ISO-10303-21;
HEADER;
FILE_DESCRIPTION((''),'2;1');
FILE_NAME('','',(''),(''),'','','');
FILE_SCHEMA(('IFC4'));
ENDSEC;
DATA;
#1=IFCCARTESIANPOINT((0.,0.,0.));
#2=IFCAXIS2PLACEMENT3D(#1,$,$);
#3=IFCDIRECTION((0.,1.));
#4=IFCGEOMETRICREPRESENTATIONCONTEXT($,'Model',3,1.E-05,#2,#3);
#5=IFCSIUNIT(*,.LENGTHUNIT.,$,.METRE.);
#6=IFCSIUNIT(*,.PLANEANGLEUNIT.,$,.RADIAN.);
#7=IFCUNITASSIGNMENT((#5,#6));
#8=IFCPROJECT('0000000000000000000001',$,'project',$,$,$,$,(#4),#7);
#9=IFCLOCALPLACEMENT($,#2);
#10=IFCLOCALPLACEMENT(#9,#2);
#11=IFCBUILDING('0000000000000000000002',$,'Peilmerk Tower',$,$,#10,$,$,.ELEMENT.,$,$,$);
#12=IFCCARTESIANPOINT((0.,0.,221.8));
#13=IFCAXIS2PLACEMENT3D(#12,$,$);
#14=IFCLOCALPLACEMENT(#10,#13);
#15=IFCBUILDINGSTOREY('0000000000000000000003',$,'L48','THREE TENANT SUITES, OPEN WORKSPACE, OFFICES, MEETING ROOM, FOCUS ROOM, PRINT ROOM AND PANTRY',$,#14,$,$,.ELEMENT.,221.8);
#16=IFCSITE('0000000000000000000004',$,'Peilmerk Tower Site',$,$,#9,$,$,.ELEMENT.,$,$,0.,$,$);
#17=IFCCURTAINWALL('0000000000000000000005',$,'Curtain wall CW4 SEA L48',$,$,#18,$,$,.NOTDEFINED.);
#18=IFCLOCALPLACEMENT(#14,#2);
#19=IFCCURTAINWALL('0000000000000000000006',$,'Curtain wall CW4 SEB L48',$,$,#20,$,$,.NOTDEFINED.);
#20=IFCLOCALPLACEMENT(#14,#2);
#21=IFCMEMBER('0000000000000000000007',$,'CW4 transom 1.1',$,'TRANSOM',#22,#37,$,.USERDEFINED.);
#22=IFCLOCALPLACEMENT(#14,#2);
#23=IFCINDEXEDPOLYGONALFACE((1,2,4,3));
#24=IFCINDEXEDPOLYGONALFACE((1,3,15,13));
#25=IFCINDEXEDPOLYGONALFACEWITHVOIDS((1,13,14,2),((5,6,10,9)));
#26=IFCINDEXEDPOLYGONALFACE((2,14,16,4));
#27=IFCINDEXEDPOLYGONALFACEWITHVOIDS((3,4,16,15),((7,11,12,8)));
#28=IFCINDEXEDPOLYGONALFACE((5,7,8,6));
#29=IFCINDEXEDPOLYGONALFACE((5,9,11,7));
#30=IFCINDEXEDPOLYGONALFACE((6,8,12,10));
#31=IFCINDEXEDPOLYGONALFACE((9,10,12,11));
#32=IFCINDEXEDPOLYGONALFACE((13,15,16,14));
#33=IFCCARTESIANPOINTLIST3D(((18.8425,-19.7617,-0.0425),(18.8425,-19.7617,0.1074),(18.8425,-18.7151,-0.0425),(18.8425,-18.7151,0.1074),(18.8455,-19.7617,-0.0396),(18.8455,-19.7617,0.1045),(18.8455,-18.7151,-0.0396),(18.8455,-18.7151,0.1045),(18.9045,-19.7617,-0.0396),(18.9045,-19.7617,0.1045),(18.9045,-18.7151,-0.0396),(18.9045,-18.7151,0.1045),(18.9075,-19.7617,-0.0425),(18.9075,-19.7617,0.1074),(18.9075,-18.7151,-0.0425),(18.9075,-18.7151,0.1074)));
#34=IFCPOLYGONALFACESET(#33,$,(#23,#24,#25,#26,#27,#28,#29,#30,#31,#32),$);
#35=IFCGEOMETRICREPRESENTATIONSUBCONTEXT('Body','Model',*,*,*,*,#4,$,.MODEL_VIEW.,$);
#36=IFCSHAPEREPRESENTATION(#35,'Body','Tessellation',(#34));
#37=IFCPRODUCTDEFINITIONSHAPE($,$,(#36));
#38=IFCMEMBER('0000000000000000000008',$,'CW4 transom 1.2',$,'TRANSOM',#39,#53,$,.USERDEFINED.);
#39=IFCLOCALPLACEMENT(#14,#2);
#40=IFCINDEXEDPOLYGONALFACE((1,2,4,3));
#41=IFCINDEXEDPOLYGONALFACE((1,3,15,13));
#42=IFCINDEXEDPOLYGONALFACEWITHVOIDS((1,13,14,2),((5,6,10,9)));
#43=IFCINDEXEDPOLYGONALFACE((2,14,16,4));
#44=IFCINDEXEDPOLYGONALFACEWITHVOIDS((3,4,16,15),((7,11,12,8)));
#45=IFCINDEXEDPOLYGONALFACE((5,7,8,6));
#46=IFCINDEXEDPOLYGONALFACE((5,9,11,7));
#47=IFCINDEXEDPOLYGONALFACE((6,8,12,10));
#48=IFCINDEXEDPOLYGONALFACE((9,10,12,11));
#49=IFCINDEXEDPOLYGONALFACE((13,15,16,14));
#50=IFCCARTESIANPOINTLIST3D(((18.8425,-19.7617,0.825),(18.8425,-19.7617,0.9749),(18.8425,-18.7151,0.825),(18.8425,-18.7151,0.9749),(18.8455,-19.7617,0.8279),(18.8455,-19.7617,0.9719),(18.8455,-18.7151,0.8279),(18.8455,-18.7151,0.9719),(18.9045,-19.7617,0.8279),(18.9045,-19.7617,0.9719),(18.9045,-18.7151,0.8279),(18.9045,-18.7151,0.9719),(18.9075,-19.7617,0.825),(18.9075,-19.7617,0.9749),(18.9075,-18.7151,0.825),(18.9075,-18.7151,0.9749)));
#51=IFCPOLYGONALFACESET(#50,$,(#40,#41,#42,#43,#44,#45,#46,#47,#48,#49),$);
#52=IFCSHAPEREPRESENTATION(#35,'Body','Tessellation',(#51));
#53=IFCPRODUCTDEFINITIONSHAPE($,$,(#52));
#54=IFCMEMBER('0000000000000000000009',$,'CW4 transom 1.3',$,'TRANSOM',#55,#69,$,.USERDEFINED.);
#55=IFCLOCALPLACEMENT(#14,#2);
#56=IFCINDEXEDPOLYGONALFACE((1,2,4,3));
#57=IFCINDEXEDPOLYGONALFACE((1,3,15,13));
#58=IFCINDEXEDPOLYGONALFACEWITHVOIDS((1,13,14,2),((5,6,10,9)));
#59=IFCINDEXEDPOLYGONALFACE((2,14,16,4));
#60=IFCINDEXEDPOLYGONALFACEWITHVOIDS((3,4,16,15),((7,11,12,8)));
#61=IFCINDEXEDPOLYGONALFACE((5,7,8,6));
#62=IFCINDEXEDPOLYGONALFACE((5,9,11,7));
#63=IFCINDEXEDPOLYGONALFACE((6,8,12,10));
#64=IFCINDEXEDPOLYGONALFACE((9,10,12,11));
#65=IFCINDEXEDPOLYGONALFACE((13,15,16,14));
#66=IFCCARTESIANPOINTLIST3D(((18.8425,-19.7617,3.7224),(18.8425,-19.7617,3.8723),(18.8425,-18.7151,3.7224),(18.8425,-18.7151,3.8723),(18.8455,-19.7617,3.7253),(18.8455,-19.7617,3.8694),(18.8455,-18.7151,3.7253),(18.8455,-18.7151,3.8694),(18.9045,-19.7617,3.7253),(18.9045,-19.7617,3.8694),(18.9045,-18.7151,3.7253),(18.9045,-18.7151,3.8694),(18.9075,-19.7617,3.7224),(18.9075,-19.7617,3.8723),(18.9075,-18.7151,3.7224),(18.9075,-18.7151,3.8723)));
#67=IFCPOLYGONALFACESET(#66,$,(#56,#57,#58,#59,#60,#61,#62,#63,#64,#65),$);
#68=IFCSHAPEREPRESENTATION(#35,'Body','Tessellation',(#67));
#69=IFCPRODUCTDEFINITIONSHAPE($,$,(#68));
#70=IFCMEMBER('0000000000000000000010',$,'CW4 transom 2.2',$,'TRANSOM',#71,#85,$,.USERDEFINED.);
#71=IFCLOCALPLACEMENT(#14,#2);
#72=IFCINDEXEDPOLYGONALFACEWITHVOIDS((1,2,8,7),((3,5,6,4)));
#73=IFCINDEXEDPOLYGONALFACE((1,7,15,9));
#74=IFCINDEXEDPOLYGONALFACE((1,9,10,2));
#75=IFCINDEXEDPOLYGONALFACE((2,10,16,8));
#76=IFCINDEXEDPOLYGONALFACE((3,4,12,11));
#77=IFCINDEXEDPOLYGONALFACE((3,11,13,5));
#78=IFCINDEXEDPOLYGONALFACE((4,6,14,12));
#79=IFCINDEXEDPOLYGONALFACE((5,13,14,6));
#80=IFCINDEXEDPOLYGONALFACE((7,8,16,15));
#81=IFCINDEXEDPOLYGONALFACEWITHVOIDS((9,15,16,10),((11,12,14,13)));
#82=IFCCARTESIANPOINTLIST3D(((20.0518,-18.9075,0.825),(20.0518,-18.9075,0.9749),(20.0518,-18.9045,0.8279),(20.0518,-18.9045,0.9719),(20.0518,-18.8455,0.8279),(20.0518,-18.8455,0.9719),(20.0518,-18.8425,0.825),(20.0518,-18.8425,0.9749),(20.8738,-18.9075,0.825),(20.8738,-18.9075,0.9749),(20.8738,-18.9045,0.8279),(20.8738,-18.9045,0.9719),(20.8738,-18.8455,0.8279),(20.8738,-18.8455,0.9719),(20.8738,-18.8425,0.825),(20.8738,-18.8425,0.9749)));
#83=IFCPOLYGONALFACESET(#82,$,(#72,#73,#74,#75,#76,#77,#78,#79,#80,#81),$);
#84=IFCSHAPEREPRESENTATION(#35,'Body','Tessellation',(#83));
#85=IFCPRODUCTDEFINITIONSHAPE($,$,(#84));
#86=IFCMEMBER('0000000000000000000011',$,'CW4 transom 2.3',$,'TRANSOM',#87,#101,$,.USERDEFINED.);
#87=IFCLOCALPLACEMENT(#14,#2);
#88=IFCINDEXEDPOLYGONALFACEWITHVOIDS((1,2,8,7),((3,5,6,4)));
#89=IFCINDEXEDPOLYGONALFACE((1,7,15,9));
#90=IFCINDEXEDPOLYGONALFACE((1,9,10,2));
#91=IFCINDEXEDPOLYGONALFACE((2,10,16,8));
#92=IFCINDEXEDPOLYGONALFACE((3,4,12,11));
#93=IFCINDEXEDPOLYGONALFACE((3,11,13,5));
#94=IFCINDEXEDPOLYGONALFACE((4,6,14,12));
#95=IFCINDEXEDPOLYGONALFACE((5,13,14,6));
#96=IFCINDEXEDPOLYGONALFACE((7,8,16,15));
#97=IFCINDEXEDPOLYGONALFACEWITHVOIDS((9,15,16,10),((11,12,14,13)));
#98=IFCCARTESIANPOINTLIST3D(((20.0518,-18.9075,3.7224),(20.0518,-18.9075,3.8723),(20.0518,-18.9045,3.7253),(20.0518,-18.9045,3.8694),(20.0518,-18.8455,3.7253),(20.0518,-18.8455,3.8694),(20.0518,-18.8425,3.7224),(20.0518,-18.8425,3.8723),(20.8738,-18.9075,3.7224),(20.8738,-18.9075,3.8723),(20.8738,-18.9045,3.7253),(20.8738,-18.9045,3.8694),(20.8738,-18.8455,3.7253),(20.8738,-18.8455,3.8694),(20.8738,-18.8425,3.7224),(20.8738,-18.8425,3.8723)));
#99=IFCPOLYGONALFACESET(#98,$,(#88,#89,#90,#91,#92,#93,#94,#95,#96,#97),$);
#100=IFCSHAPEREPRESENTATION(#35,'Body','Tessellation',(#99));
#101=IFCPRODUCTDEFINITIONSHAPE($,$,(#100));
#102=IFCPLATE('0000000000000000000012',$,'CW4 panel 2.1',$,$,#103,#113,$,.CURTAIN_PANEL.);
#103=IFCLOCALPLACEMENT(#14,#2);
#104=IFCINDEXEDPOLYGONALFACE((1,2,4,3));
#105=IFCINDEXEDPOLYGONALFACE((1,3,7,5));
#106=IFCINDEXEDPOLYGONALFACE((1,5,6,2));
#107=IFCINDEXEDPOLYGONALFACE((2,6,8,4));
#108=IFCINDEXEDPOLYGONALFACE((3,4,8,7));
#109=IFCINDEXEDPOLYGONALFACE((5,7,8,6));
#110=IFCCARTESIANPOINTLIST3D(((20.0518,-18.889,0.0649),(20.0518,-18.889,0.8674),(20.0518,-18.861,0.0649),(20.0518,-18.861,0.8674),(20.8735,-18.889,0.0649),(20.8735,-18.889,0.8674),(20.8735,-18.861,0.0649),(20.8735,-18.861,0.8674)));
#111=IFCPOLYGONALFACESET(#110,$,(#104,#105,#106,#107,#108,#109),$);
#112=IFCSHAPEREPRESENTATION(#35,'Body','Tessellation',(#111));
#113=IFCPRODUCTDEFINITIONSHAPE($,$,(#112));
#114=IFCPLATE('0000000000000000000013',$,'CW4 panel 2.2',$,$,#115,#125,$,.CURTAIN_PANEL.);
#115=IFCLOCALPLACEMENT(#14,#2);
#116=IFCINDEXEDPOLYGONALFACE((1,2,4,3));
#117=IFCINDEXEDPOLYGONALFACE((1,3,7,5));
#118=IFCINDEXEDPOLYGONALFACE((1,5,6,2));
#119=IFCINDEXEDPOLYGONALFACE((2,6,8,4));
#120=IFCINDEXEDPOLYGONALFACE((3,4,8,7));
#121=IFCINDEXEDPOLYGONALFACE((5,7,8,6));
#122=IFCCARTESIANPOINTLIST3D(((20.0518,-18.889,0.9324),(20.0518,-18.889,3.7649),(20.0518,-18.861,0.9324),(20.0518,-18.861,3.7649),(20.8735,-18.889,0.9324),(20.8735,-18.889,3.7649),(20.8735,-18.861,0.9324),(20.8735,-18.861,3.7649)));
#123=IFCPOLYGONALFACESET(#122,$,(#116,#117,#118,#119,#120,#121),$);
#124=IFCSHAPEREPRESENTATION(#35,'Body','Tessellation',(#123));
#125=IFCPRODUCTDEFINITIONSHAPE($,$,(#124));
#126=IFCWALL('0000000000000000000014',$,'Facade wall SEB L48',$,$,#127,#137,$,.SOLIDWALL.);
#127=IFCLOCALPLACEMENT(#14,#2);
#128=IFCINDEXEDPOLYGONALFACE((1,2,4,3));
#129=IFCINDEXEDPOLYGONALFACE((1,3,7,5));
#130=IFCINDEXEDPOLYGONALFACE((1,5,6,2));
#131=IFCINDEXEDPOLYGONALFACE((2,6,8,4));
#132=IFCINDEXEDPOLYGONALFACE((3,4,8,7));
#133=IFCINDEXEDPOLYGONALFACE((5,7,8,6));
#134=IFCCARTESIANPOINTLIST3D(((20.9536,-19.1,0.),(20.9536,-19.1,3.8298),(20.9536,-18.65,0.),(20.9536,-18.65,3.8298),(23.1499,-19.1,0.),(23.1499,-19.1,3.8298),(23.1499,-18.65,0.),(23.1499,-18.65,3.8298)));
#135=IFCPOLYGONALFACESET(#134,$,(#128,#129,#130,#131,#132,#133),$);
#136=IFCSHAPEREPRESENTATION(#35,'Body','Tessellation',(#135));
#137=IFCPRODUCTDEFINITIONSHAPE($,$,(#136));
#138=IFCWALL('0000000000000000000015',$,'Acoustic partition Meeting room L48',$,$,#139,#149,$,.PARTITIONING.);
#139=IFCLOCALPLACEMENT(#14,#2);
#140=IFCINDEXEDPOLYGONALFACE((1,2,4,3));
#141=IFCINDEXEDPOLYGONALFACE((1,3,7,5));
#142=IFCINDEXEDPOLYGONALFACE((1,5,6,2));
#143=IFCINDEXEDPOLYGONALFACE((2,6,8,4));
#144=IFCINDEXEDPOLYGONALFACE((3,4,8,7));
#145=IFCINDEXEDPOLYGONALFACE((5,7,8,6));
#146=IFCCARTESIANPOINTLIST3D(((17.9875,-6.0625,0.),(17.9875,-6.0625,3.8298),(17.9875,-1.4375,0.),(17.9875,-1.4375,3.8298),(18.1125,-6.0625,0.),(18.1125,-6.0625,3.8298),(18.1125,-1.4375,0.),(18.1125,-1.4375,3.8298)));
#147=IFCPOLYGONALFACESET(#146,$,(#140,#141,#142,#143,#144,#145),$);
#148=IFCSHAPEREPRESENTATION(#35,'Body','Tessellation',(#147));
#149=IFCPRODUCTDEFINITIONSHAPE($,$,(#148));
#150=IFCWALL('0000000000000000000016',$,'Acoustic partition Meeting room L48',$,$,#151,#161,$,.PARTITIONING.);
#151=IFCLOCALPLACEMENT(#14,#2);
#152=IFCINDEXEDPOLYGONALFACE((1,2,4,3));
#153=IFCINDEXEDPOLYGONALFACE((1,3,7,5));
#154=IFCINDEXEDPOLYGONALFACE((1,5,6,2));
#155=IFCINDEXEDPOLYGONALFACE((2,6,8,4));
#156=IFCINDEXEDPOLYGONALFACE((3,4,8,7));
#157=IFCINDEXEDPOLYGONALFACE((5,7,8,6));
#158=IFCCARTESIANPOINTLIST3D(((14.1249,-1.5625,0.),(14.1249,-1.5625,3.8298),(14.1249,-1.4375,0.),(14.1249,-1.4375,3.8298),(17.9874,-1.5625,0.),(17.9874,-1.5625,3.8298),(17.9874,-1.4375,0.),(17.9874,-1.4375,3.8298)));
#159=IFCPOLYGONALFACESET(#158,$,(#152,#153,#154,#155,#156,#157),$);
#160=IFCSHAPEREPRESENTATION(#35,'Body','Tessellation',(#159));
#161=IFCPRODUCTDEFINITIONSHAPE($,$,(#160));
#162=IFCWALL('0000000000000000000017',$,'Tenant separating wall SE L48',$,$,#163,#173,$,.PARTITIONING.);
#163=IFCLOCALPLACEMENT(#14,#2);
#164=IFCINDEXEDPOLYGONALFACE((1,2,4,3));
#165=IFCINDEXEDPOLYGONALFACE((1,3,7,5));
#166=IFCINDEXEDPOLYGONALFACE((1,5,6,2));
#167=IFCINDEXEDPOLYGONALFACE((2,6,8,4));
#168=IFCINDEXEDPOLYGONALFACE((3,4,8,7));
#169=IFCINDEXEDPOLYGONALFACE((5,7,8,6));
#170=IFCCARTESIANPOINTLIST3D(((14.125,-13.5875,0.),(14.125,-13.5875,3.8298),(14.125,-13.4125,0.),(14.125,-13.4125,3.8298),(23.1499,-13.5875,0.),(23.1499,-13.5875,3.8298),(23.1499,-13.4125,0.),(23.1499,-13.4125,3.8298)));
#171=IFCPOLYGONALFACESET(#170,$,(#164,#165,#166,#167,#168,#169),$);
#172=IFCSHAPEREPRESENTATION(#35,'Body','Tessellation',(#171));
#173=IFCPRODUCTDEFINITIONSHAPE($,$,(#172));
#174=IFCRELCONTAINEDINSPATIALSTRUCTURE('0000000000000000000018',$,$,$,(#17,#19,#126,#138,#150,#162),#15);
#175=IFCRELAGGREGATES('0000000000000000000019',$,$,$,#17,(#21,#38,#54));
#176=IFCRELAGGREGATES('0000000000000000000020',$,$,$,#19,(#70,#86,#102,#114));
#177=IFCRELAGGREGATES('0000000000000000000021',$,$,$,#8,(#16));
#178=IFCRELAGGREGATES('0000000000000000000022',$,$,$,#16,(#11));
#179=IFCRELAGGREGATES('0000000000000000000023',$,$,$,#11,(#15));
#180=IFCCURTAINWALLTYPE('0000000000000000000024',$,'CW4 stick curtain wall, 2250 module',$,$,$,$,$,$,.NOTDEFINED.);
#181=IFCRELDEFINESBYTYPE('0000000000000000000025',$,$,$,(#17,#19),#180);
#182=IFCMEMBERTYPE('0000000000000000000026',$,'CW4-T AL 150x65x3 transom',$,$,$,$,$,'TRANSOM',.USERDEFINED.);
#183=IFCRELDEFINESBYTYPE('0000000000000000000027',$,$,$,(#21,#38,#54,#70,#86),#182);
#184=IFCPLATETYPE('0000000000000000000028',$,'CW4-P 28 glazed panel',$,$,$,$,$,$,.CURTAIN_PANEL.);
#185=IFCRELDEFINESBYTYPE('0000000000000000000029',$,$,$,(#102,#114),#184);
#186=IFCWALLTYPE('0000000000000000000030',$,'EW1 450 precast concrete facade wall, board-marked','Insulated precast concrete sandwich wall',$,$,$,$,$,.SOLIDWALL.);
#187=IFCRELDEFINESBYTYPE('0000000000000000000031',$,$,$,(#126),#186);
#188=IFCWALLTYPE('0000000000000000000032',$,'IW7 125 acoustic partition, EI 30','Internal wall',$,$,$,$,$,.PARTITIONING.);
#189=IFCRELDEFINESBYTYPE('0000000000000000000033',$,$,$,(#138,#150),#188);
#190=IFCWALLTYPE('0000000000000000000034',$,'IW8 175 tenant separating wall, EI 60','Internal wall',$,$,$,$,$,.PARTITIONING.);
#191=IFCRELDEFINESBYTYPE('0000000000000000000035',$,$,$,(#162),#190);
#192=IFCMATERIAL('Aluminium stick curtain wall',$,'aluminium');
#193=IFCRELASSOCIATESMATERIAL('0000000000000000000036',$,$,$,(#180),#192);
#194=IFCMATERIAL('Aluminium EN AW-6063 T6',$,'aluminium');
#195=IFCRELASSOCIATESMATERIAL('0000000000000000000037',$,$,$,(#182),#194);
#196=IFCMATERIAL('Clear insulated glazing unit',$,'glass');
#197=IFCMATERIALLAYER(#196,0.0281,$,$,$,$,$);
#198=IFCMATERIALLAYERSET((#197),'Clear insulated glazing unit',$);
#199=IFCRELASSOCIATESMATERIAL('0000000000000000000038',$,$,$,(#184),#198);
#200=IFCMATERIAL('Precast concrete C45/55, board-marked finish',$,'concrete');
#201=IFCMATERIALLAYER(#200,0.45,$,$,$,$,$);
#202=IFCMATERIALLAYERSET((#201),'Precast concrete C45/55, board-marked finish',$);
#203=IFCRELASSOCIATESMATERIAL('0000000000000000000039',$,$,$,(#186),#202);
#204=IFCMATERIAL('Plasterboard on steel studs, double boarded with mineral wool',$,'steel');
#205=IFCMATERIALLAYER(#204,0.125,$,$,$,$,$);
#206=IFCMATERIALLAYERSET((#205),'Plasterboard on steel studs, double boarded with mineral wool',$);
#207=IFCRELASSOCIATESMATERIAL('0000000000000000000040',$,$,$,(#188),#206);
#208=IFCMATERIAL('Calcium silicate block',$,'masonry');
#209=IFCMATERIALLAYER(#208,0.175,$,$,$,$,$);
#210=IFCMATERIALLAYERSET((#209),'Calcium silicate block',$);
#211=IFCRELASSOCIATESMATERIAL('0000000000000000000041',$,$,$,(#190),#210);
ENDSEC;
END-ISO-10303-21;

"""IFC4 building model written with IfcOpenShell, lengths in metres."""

from ifc_helpers import new_model, si_unit, direction, frame, frame_2d, origin, origin_2d, place, context, subcontext, project, spatial, rectangle, hollow_rectangle, extrude, material, layer, layer_set, material_profile, profile_set, type_object, element, aggregate, save


model = new_model("IFC4")

# Units and contexts
model_context = context("Model", 3, precision=1e-05, world=origin(), true_north=direction((0.0, 1.0)))
body_context = subcontext(model_context, "Body", "Model", "MODEL_VIEW")
ifc_project = project(units=[si_unit("LENGTHUNIT", "METRE"), si_unit("PLANEANGLEUNIT", "RADIAN")], contexts=[model_context])

# Site, building, storey
site_placement = place(None, origin())
site = spatial("IfcSite", under=ifc_project, at=site_placement, Name="Peilmerk Tower Site", CompositionType="ELEMENT", RefElevation=0.0)
building_placement = place(site_placement, origin())
building = spatial("IfcBuilding", under=site, at=building_placement, Name="Peilmerk Tower", CompositionType="ELEMENT")
storey_placement = place(building_placement, frame((0.0, 0.0, 221.8)))
storey = spatial("IfcBuildingStorey", under=building, at=storey_placement, Name="L48", Description="THREE TENANT SUITES, OPEN WORKSPACE, OFFICES, MEETING ROOM, FOCUS ROOM, PRINT ROOM AND PANTRY", CompositionType="ELEMENT", Elevation=221.8)

# Curtain walls
ifc_material_1 = material(Name="Aluminium stick curtain wall", Category="aluminium")
curtain_wall_type = type_object("IfcCurtainWallType", Name="CW4 stick curtain wall, 2250 module", PredefinedType="NOTDEFINED", material=ifc_material_1)
curtain_wall_1_placement = place(storey_placement, origin())
curtain_wall_1 = element("IfcCurtainWall", 1, at=curtain_wall_1_placement, inside=storey, type_object=curtain_wall_type, Name="Curtain wall CW4 SEA L48", PredefinedType="NOTDEFINED")
ifc_material_2 = material(Name="Aluminium EN AW-6063 T6", Category="aluminium")
curtain_wall_2_placement = place(storey_placement, origin())
curtain_wall_2 = element("IfcCurtainWall", 2, at=curtain_wall_2_placement, inside=storey, type_object=curtain_wall_type, Name="Curtain wall CW4 SEB L48", PredefinedType="NOTDEFINED")

# Members
ifc_material_profile_1 = material_profile(ifc_material_2, hollow_rectangle(XDim=0.0649, YDim=0.1499, WallThickness=0.0029, at=origin_2d()), Name="AL 150x65x3")
ifc_profile_set_1 = profile_set([ifc_material_profile_1], Name="Aluminium EN AW-6063 T6")
member_type_1 = type_object("IfcMemberType", Name="CW4-T AL 150x65x3 transom", ElementType="TRANSOM", PredefinedType="USERDEFINED", material=ifc_profile_set_1)
member_1_placement = place(storey_placement, frame((18.875, -18.7151, 0.0325), z_axis=(0.0, -1.0, 0.0), x_axis=(1.0, 0.0, 0.0)))
member_1 = element("IfcMember", 3, at=member_1_placement, type_object=member_type_1, Name="CW4 transom 1.1", ObjectType="TRANSOM", PredefinedType="USERDEFINED", context=body_context, shape_type="SweptSolid", body=[
    extrude(hollow_rectangle(XDim=0.0649, YDim=0.1499, WallThickness=0.0029, at=origin_2d()), origin(), (0.0, 0.0, 1.0), 1.0466),
])
member_2_placement = place(storey_placement, frame((18.875, -18.7151, 0.8999), z_axis=(0.0, -1.0, 0.0), x_axis=(1.0, 0.0, 0.0)))
member_2 = element("IfcMember", 4, at=member_2_placement, type_object=member_type_1, Name="CW4 transom 1.2", ObjectType="TRANSOM", PredefinedType="USERDEFINED", context=body_context, shape_type="SweptSolid", body=[
    extrude(hollow_rectangle(XDim=0.0649, YDim=0.1499, WallThickness=0.0029, at=origin_2d()), origin(), (0.0, 0.0, 1.0), 1.0466),
])
member_3_placement = place(storey_placement, frame((18.875, -18.7151, 3.7974), z_axis=(0.0, -1.0, 0.0), x_axis=(1.0, 0.0, 0.0)))
member_3 = element("IfcMember", 5, at=member_3_placement, type_object=member_type_1, Name="CW4 transom 1.3", ObjectType="TRANSOM", PredefinedType="USERDEFINED", context=body_context, shape_type="SweptSolid", body=[
    extrude(hollow_rectangle(XDim=0.0649, YDim=0.1499, WallThickness=0.0029, at=origin_2d()), origin(), (0.0, 0.0, 1.0), 1.0466),
])
aggregate(curtain_wall_1, [member_1, member_2, member_3])
member_4_placement = place(storey_placement, frame((20.0518, -18.875, 0.8999), z_axis=(1.0, 0.0, 0.0), x_axis=(0.0, 1.0, 0.0)))
member_4 = element("IfcMember", 6, at=member_4_placement, type_object=member_type_1, Name="CW4 transom 2.2", ObjectType="TRANSOM", PredefinedType="USERDEFINED", context=body_context, shape_type="SweptSolid", body=[
    extrude(hollow_rectangle(XDim=0.0649, YDim=0.1499, WallThickness=0.0029, at=origin_2d()), origin(), (0.0, 0.0, 1.0), 0.822),
])
member_5_placement = place(storey_placement, frame((20.0518, -18.875, 3.7974), z_axis=(1.0, 0.0, 0.0), x_axis=(0.0, 1.0, 0.0)))
member_5 = element("IfcMember", 7, at=member_5_placement, type_object=member_type_1, Name="CW4 transom 2.3", ObjectType="TRANSOM", PredefinedType="USERDEFINED", context=body_context, shape_type="SweptSolid", body=[
    extrude(hollow_rectangle(XDim=0.0649, YDim=0.1499, WallThickness=0.0029, at=origin_2d()), origin(), (0.0, 0.0, 1.0), 0.822),
])

# Plates
ifc_material_3 = material(Name="Clear insulated glazing unit", Category="glass")
ifc_layer_1 = layer(ifc_material_3, 0.0281)
ifc_layer_set_1 = layer_set([ifc_layer_1], Name="Clear insulated glazing unit")
plate_type = type_object("IfcPlateType", Name="CW4-P 28 glazed panel", PredefinedType="CURTAIN_PANEL", material=ifc_layer_set_1)
plate_1_placement = place(storey_placement, frame((20.4626, -18.875, 0.0649), z_axis=(0.0, 0.0, 1.0), x_axis=(1.0, 0.0, 0.0)))
plate_1 = element("IfcPlate", 8, at=plate_1_placement, type_object=plate_type, Name="CW4 panel 2.1", PredefinedType="CURTAIN_PANEL", context=body_context, shape_type="SweptSolid", body=[
    extrude(rectangle(XDim=0.8218, YDim=0.0281, at=origin_2d()), origin(), (0.0, 0.0, 1.0), 0.8025),
])
plate_2_placement = place(storey_placement, frame((20.4626, -18.875, 0.9324), z_axis=(0.0, 0.0, 1.0), x_axis=(1.0, 0.0, 0.0)))
plate_2 = element("IfcPlate", 9, at=plate_2_placement, type_object=plate_type, Name="CW4 panel 2.2", PredefinedType="CURTAIN_PANEL", context=body_context, shape_type="SweptSolid", body=[
    extrude(rectangle(XDim=0.8218, YDim=0.0281, at=origin_2d()), origin(), (0.0, 0.0, 1.0), 2.8325),
])
aggregate(curtain_wall_2, [member_4, member_5, plate_1, plate_2])

# Walls
ifc_material_4 = material(Name="Precast concrete C45/55, board-marked finish", Category="concrete")
ifc_layer_2 = layer(ifc_material_4, 0.45)
ifc_layer_set_2 = layer_set([ifc_layer_2], Name="Precast concrete C45/55, board-marked finish")
wall_type_1 = type_object("IfcWallType", Name="EW1 450 precast concrete facade wall, board-marked", Description="Insulated precast concrete sandwich wall", PredefinedType="SOLIDWALL", material=ifc_layer_set_2)
wall_1_placement = place(storey_placement, frame((20.9536, -18.875, 0.0), z_axis=(0.0, 0.0, 1.0), x_axis=(1.0, 0.0, 0.0)))
element("IfcWall", 10, at=wall_1_placement, inside=storey, type_object=wall_type_1, Name="Facade wall SEB L48", PredefinedType="SOLIDWALL", context=body_context, shape_type="SweptSolid", body=[
    extrude(rectangle(XDim=2.1963, YDim=0.45, at=frame_2d((1.0981, 0.0))), origin(), (0.0, 0.0, 1.0), 3.8298),
])
ifc_material_5 = material(Name="Plasterboard on steel studs, double boarded with mineral wool", Category="steel")
ifc_layer_3 = layer(ifc_material_5, 0.125)
ifc_layer_set_3 = layer_set([ifc_layer_3], Name="Plasterboard on steel studs, double boarded with mineral wool")
wall_type_2 = type_object("IfcWallType", Name="IW7 125 acoustic partition, EI 30", Description="Internal wall", PredefinedType="PARTITIONING", material=ifc_layer_set_3)
wall_2_placement = place(storey_placement, frame((18.05, -6.0625, 0.0), z_axis=(0.0, 0.0, 1.0), x_axis=(0.0, 1.0, 0.0)))
element("IfcWall", 11, at=wall_2_placement, inside=storey, type_object=wall_type_2, Name="Acoustic partition Meeting room L48", PredefinedType="PARTITIONING", context=body_context, shape_type="SweptSolid", body=[
    extrude(rectangle(XDim=4.625, YDim=0.125, at=frame_2d((2.3125, 0.0))), origin(), (0.0, 0.0, 1.0), 3.8298),
])
wall_3_placement = place(storey_placement, frame((14.125, -1.5, 0.0), z_axis=(0.0, 0.0, 1.0), x_axis=(1.0, 0.0, 0.0)))
element("IfcWall", 12, at=wall_3_placement, inside=storey, type_object=wall_type_2, Name="Acoustic partition Meeting room L48", PredefinedType="PARTITIONING", context=body_context, shape_type="SweptSolid", body=[
    extrude(rectangle(XDim=3.8625, YDim=0.125, at=frame_2d((1.9312, 0.0))), origin(), (0.0, 0.0, 1.0), 3.8298),
])
ifc_material_6 = material(Name="Calcium silicate block", Category="masonry")
ifc_layer_4 = layer(ifc_material_6, 0.175)
ifc_layer_set_4 = layer_set([ifc_layer_4], Name="Calcium silicate block")
wall_type_3 = type_object("IfcWallType", Name="IW8 175 tenant separating wall, EI 60", Description="Internal wall", PredefinedType="PARTITIONING", material=ifc_layer_set_4)
wall_4_placement = place(storey_placement, frame((23.1499, -13.5, 0.0), z_axis=(0.0, 0.0, 1.0), x_axis=(-1.0, 0.0, 0.0)))
element("IfcWall", 13, at=wall_4_placement, inside=storey, type_object=wall_type_3, Name="Tenant separating wall SE L48", PredefinedType="PARTITIONING", context=body_context, shape_type="SweptSolid", body=[
    extrude(rectangle(XDim=9.0249, YDim=0.175, at=frame_2d((4.5125, 0.0))), origin(), (0.0, 0.0, 1.0), 3.8298),
])

save(model, "model.ifc")
